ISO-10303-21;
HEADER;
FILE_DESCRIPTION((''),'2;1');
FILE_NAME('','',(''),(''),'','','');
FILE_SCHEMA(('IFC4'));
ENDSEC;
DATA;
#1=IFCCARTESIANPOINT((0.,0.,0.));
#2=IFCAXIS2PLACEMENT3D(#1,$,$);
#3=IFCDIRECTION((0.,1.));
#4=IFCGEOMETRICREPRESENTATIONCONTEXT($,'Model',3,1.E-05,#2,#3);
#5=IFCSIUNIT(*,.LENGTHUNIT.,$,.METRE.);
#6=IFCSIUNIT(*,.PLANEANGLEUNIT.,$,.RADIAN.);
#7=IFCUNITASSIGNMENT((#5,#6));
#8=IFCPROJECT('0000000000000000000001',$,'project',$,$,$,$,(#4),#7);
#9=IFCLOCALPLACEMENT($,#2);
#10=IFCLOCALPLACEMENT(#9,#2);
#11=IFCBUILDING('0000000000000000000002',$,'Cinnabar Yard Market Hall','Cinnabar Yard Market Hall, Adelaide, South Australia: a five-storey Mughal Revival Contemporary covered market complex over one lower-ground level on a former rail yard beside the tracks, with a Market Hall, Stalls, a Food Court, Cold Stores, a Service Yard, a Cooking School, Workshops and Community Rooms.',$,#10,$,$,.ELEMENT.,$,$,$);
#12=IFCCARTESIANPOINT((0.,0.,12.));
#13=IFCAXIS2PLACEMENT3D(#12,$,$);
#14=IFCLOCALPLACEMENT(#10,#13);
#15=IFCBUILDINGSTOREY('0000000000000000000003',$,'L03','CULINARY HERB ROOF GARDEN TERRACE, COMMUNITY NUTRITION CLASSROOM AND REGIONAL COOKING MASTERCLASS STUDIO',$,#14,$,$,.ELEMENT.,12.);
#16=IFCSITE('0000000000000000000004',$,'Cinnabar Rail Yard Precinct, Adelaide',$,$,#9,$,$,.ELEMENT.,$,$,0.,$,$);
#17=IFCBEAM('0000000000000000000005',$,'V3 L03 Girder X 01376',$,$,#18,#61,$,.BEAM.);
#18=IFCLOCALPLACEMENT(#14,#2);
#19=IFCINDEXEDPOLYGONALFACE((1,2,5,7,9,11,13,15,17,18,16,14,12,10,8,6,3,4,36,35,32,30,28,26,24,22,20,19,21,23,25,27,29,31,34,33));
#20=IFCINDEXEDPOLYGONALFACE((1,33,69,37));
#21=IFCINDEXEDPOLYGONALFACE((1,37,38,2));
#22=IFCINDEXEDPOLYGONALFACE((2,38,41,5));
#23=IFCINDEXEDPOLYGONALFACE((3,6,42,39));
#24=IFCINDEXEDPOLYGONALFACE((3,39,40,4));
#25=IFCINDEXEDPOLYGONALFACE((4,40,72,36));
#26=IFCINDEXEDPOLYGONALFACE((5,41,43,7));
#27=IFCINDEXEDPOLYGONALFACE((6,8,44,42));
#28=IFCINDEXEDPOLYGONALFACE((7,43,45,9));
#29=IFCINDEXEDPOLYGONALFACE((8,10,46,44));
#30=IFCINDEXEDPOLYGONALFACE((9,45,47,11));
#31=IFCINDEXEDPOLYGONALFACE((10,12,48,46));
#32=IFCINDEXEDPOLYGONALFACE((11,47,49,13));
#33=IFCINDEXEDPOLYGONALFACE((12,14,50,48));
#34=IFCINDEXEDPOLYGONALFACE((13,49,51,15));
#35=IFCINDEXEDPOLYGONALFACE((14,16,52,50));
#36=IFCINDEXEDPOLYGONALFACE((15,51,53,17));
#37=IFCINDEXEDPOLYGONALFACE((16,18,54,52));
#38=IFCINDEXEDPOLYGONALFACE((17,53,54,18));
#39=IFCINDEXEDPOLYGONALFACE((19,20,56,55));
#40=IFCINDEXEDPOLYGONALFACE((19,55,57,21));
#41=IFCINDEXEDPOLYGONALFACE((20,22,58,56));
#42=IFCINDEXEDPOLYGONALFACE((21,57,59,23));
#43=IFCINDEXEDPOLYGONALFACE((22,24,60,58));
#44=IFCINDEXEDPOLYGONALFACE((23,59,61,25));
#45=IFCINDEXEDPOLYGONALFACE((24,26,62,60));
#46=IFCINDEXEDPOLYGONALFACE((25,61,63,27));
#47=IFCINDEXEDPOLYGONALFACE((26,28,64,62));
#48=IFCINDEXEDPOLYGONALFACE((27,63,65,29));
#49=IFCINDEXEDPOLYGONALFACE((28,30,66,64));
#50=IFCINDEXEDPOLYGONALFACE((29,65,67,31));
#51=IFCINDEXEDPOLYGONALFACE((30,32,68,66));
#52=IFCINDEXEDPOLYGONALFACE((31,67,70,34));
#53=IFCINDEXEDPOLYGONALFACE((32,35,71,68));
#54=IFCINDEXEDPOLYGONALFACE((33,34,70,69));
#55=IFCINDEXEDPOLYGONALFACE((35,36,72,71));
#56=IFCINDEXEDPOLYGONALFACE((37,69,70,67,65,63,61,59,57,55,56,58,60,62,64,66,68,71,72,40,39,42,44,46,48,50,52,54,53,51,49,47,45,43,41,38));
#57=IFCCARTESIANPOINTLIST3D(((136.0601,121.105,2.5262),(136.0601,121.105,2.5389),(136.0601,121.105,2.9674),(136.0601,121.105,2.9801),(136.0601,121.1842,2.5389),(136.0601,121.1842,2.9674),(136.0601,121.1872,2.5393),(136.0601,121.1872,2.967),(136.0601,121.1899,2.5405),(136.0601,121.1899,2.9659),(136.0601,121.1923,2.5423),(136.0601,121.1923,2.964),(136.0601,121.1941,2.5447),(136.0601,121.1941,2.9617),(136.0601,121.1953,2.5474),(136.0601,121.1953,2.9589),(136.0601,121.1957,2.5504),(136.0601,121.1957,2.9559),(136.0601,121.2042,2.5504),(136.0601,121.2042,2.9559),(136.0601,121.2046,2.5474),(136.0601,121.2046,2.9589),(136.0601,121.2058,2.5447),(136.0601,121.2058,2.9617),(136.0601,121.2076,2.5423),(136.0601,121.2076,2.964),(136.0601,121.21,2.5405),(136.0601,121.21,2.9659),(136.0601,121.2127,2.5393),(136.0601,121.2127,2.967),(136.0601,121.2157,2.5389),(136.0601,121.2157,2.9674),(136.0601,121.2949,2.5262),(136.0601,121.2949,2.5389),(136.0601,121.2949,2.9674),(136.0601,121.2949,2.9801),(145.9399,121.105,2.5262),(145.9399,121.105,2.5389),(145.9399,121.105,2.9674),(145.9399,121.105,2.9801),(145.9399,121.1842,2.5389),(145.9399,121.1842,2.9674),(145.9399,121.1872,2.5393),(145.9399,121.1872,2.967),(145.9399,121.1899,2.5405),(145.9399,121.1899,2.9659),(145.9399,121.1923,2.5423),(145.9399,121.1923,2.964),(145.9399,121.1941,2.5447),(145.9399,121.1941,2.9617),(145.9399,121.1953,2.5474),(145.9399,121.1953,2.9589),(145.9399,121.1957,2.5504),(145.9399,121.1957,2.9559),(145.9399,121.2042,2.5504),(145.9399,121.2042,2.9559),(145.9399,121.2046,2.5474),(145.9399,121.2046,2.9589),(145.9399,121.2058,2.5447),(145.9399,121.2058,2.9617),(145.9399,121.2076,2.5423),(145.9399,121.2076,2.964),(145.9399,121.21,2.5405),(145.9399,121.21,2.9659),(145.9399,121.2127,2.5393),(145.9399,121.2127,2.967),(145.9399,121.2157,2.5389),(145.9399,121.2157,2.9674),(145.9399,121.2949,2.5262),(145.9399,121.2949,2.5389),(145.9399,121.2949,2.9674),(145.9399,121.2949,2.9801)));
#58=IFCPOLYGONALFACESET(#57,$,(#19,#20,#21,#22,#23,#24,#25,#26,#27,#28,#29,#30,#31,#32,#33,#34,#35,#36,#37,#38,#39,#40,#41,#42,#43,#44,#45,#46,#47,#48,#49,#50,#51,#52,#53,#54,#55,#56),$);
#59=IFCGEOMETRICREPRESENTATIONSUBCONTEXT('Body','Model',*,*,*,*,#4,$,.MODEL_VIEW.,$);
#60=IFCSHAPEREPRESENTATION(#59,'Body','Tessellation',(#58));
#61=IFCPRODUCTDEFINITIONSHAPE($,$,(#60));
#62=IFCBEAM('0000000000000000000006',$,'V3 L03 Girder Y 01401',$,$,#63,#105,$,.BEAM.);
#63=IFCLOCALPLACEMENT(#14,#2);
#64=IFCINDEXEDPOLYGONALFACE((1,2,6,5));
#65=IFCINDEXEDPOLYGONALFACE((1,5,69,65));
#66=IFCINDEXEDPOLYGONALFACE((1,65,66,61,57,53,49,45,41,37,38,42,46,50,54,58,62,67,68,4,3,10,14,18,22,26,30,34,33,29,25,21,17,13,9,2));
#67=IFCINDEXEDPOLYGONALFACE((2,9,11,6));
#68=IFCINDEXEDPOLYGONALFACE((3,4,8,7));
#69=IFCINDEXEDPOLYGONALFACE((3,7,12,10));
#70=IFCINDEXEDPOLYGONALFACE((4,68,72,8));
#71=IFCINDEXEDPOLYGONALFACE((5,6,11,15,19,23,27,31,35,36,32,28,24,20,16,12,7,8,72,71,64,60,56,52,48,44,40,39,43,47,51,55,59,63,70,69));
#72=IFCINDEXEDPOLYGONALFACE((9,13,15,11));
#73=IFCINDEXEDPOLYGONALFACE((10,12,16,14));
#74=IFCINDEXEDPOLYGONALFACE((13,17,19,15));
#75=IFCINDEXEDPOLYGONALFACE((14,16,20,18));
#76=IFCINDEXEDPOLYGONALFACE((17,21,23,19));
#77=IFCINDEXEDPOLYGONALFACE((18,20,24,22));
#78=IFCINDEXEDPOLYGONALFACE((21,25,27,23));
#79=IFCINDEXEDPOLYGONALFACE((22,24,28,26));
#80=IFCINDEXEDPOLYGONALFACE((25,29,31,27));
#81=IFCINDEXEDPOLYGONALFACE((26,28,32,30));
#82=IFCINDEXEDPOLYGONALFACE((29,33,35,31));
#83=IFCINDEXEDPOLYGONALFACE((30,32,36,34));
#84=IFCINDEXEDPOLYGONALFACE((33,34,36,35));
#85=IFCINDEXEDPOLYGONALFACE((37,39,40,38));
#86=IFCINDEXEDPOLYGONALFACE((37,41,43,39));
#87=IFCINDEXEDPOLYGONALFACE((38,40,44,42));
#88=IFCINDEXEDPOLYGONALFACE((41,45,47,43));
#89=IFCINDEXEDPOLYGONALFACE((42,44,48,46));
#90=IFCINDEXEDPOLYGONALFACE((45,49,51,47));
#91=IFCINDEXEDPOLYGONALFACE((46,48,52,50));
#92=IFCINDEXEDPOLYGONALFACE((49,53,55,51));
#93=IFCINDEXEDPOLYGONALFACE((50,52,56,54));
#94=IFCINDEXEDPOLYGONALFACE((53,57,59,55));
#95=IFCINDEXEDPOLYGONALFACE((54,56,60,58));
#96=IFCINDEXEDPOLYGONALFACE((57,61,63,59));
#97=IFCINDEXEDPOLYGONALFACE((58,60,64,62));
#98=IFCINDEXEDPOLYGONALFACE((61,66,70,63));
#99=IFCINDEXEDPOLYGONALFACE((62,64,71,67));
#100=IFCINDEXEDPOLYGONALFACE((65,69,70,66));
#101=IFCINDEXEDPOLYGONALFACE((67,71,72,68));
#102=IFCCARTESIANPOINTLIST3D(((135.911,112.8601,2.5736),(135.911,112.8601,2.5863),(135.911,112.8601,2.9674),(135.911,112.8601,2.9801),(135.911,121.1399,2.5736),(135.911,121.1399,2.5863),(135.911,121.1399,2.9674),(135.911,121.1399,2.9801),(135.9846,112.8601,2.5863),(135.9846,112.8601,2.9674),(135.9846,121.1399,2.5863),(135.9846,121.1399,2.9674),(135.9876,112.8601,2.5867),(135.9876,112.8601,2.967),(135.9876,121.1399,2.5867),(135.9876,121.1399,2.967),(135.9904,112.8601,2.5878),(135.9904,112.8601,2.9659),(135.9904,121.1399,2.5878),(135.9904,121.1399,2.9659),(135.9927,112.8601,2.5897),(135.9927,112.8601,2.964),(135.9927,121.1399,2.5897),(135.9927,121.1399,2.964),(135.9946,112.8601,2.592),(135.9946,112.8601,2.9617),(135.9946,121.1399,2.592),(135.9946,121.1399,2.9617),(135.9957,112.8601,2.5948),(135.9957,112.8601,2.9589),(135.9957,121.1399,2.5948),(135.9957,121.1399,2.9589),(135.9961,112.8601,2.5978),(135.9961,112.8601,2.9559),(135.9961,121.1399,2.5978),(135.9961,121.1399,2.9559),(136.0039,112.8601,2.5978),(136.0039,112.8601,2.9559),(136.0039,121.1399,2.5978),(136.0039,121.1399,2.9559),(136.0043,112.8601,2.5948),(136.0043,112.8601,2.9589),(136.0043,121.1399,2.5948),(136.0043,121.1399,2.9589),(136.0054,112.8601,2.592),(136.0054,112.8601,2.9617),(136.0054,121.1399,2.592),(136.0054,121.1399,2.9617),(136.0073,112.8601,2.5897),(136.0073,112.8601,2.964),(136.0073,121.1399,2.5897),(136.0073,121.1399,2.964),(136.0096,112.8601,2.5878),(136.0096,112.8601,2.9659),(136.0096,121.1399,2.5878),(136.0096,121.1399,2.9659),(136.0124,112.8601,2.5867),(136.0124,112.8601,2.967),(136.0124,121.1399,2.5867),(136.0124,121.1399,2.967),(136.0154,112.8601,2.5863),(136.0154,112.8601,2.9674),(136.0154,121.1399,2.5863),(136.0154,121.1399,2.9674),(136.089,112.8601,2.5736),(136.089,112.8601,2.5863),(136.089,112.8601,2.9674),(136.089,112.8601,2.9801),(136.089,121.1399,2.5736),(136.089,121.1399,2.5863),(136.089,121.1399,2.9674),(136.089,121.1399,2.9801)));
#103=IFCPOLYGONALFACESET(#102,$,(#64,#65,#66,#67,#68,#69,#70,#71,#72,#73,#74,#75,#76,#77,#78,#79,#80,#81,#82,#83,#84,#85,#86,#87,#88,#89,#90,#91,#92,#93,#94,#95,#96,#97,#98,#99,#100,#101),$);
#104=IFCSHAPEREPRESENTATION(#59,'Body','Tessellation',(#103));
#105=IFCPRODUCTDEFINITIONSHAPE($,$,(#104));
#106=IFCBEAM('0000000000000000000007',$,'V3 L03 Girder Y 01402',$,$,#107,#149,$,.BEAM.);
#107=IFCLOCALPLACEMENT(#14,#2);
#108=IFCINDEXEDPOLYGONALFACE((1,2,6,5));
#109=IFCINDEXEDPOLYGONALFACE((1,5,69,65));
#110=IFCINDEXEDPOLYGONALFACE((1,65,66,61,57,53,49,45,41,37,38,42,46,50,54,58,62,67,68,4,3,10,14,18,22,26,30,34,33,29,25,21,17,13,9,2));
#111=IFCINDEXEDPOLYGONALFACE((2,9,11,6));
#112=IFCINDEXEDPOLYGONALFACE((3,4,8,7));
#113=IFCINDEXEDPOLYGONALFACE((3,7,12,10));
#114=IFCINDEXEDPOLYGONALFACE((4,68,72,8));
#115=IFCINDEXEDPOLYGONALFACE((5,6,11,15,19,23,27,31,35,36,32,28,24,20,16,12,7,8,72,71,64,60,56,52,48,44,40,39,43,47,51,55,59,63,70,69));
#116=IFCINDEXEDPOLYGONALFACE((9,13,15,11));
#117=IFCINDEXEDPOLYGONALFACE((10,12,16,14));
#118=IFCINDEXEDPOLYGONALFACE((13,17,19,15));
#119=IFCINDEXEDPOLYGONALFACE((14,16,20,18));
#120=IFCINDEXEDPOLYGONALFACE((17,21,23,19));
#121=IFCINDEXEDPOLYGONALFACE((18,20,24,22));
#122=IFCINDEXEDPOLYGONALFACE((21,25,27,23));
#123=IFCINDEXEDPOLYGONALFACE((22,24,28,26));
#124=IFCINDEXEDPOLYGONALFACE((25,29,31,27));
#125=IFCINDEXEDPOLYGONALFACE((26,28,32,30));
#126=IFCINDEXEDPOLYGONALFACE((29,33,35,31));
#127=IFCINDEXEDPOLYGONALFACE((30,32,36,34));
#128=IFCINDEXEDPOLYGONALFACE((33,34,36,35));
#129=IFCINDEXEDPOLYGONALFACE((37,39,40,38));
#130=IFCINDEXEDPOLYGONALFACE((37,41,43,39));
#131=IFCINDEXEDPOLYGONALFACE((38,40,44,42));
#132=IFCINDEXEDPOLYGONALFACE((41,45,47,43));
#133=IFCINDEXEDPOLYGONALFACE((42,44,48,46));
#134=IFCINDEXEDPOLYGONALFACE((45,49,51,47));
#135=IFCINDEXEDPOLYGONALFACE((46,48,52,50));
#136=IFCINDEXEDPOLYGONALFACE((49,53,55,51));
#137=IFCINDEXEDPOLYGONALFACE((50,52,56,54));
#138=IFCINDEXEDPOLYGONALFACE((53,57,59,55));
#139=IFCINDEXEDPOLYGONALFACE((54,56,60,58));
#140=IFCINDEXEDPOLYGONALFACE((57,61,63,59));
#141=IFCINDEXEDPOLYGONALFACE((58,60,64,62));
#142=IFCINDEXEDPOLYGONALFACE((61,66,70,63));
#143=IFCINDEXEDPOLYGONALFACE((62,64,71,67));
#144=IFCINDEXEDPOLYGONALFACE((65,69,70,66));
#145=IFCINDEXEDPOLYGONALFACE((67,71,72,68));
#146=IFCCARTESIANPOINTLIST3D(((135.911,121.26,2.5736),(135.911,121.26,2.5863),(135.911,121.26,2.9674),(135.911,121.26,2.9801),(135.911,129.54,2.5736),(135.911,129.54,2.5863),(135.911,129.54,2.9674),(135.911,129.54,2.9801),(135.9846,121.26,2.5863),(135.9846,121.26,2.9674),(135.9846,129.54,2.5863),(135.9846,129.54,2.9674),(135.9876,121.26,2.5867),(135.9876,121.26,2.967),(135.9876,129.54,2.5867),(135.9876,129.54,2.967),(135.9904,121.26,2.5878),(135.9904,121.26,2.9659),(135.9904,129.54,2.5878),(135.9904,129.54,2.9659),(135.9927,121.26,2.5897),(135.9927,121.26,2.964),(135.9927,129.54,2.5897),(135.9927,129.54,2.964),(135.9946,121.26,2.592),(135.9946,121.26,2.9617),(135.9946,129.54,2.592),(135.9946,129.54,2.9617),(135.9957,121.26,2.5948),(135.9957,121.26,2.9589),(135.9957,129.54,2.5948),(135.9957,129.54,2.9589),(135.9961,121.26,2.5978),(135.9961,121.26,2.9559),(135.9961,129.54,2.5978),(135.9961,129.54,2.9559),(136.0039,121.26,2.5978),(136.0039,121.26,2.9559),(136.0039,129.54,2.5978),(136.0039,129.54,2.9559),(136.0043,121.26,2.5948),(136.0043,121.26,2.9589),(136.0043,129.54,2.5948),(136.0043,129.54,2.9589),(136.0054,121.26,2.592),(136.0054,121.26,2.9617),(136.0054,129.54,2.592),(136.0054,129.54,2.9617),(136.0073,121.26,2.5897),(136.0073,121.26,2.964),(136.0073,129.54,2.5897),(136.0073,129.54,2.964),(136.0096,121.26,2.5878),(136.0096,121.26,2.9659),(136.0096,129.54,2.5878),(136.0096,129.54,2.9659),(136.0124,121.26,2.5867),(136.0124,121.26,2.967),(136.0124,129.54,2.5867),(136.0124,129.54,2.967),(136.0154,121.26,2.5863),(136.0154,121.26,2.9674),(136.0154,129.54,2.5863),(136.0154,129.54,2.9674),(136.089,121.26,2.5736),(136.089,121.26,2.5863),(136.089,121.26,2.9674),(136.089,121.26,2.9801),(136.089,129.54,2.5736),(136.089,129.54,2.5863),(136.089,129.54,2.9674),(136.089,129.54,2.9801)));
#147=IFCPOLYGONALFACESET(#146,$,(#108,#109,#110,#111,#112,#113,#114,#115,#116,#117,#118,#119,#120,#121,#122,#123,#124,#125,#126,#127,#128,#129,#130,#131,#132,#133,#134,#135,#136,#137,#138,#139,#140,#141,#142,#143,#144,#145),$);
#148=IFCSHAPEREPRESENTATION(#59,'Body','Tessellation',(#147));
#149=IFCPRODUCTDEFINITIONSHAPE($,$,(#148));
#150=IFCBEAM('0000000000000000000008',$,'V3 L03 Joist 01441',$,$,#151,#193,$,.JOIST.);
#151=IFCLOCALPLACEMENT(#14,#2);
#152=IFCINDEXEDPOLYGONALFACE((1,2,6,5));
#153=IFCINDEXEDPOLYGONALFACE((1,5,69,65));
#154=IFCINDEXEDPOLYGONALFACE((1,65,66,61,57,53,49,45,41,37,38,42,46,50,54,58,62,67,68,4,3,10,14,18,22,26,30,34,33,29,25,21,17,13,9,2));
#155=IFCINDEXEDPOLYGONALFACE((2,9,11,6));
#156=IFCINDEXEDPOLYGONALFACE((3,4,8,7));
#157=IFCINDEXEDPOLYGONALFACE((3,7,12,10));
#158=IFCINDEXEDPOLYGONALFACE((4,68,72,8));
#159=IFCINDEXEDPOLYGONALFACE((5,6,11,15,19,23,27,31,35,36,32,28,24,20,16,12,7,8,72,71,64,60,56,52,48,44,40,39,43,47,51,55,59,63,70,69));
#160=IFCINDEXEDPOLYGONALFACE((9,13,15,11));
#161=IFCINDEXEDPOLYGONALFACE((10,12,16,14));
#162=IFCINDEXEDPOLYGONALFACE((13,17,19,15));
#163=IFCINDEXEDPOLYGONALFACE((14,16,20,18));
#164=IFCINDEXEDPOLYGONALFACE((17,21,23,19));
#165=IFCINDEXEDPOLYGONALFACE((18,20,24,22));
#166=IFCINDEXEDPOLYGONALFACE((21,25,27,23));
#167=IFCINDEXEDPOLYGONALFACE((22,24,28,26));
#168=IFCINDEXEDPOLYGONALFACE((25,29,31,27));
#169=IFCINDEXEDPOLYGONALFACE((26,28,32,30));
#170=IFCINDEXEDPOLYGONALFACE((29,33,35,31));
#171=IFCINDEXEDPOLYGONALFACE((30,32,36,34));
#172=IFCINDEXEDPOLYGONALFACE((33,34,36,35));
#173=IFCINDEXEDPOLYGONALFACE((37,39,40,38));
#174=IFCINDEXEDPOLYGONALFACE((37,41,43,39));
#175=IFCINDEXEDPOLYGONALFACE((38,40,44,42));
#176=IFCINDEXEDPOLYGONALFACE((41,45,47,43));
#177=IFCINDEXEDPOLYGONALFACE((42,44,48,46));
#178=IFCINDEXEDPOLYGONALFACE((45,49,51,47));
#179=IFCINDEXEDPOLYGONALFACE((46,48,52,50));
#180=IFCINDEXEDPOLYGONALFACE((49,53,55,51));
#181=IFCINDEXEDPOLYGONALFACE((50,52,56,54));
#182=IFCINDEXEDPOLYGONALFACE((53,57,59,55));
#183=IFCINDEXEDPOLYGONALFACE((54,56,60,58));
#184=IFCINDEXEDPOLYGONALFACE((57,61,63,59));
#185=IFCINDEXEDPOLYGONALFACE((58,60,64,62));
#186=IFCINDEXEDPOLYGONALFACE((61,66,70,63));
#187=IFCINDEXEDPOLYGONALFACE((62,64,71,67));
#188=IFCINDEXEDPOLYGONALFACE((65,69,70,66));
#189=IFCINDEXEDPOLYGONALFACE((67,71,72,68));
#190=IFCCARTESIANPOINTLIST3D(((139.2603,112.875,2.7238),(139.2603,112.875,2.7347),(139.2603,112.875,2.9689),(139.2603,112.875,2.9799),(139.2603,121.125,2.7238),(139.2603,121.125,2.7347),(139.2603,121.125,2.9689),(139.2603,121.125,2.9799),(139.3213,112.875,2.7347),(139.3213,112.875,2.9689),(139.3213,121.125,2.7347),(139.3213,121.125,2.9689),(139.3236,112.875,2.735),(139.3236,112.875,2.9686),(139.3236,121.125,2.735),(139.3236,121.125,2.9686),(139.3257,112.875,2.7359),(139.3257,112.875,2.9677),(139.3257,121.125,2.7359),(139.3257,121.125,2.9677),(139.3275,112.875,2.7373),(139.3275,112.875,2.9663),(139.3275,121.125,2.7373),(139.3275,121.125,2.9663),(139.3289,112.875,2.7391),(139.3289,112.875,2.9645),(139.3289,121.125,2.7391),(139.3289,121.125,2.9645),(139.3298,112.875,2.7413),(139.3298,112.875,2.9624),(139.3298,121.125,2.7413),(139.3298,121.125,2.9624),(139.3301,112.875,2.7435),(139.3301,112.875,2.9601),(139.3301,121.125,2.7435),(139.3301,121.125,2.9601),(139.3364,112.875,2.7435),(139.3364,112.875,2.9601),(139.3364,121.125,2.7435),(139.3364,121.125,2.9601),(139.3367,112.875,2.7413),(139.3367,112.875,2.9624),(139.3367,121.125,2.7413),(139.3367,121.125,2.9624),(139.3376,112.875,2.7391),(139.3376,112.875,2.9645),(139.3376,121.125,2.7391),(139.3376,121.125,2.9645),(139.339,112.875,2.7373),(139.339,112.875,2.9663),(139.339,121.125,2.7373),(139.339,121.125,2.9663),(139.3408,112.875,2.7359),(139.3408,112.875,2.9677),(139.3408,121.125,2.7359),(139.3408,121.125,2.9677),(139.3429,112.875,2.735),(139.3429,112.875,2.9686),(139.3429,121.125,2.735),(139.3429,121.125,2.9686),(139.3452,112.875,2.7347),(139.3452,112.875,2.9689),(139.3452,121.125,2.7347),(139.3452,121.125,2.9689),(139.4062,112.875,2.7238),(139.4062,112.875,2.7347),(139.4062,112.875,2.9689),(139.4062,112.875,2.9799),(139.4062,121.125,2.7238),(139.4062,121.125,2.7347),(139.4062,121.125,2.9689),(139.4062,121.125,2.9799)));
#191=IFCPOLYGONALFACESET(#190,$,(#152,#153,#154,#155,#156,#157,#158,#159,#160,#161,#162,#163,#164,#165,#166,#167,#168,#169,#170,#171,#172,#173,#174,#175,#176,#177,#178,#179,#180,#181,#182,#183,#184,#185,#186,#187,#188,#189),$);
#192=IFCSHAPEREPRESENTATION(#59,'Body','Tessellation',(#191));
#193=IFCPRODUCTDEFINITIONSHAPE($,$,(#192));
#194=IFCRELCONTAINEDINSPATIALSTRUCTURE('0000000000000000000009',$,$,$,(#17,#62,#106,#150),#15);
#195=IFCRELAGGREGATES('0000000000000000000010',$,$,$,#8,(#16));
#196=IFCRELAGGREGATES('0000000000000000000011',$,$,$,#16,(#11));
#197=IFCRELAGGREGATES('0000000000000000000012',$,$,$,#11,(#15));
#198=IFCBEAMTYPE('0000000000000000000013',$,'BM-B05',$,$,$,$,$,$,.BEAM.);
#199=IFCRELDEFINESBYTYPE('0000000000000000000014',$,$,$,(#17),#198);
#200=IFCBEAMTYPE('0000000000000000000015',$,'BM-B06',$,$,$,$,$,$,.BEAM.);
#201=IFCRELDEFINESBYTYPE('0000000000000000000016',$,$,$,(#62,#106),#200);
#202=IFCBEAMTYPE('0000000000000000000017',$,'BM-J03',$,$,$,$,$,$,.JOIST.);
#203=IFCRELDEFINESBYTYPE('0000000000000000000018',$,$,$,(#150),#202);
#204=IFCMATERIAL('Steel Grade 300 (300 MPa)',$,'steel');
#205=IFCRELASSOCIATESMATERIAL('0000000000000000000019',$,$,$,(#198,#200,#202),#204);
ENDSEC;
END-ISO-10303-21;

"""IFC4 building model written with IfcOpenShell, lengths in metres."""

from ifc_helpers import new_model, si_unit, direction, frame, origin, origin_2d_with_axis, place, context, subcontext, project, spatial, i_section, extrude, material, material_profile, profile_set, type_object, element, save


model = new_model("IFC4")

# Units and contexts
model_context = context("Model", 3, precision=1e-05, world=origin(), true_north=direction((0.0, 1.0)))
body_context = subcontext(model_context, "Body", "Model", "MODEL_VIEW")
ifc_project = project(units=[si_unit("LENGTHUNIT", "METRE"), si_unit("PLANEANGLEUNIT", "RADIAN")], contexts=[model_context])

# Site, building, storey
site_placement = place(None, origin())
site = spatial("IfcSite", under=ifc_project, at=site_placement, Name="Cinnabar Rail Yard Precinct, Adelaide", CompositionType="ELEMENT", RefElevation=0.0)
building_placement = place(site_placement, origin())
building = spatial("IfcBuilding", under=site, at=building_placement, Name="Cinnabar Yard Market Hall", Description="Cinnabar Yard Market Hall, Adelaide, South Australia: a five-storey Mughal Revival Contemporary covered market complex over one lower-ground level on a former rail yard beside the tracks, with a Market Hall, Stalls, a Food Court, Cold Stores, a Service Yard, a Cooking School, Workshops and Community Rooms.", CompositionType="ELEMENT")
storey_placement = place(building_placement, frame((0.0, 0.0, 12.0)))
storey = spatial("IfcBuildingStorey", under=building, at=storey_placement, Name="L03", Description="CULINARY HERB ROOF GARDEN TERRACE, COMMUNITY NUTRITION CLASSROOM AND REGIONAL COOKING MASTERCLASS STUDIO", CompositionType="ELEMENT", Elevation=12.0)

# Shared definitions
ifc_material_1 = material(Name="Steel Grade 300 (300 MPa)", Category="steel")

# Beams
ifc_material_profile_1 = material_profile(ifc_material_1, i_section(OverallWidth=0.1899, OverallDepth=0.4539, WebThickness=0.0085, FlangeThickness=0.0127, FilletRadius=0.0115, at=origin_2d_with_axis()), Name="460UB67.1")
ifc_profile_set_1 = profile_set([ifc_material_profile_1], Name="Steel Grade 300 (300 MPa)")
beam_type_1 = type_object("IfcBeamType", Name="BM-B05", PredefinedType="BEAM", material=ifc_profile_set_1)
beam_1_placement = place(storey_placement, frame((136.0601, 121.2, 2.7532), z_axis=(1.0, 0.0, 0.0), x_axis=(0.0, 1.0, 0.0)))
element("IfcBeam", 1, at=beam_1_placement, inside=storey, type_object=beam_type_1, Name="V3 L03 Girder X 01376", PredefinedType="BEAM", context=body_context, shape_type="SweptSolid", body=[
    extrude(i_section(OverallWidth=0.1899, OverallDepth=0.4539, WebThickness=0.0085, FlangeThickness=0.0127, FilletRadius=0.0115, at=origin_2d_with_axis()), origin(), (0.0, 0.0, 1.0), 9.8799),
])
ifc_material_profile_2 = material_profile(ifc_material_1, i_section(OverallWidth=0.178, OverallDepth=0.4065, WebThickness=0.0078, FlangeThickness=0.0127, FilletRadius=0.0115, at=origin_2d_with_axis()), Name="410UB59.7")
ifc_profile_set_2 = profile_set([ifc_material_profile_2], Name="Steel Grade 300 (300 MPa)")
beam_type_2 = type_object("IfcBeamType", Name="BM-B06", PredefinedType="BEAM", material=ifc_profile_set_2)
beam_2_placement = place(storey_placement, frame((136.0, 112.8601, 2.7769), z_axis=(0.0, 1.0, 0.0), x_axis=(-1.0, 0.0, 0.0)))
element("IfcBeam", 2, at=beam_2_placement, inside=storey, type_object=beam_type_2, Name="V3 L03 Girder Y 01401", PredefinedType="BEAM", context=body_context, shape_type="SweptSolid", body=[
    extrude(i_section(OverallWidth=0.178, OverallDepth=0.4065, WebThickness=0.0078, FlangeThickness=0.0127, FilletRadius=0.0115, at=origin_2d_with_axis()), origin(), (0.0, 0.0, 1.0), 8.2798),
])
beam_3_placement = place(storey_placement, frame((136.0, 121.26, 2.7769), z_axis=(0.0, 1.0, 0.0), x_axis=(-1.0, 0.0, 0.0)))
element("IfcBeam", 3, at=beam_3_placement, inside=storey, type_object=beam_type_2, Name="V3 L03 Girder Y 01402", PredefinedType="BEAM", context=body_context, shape_type="SweptSolid", body=[
    extrude(i_section(OverallWidth=0.178, OverallDepth=0.4065, WebThickness=0.0078, FlangeThickness=0.0127, FilletRadius=0.0115, at=origin_2d_with_axis()), origin(), (0.0, 0.0, 1.0), 8.28),
])
ifc_material_profile_3 = material_profile(ifc_material_1, i_section(OverallWidth=0.146, OverallDepth=0.2561, WebThickness=0.0063, FlangeThickness=0.011, FilletRadius=0.0088, at=origin_2d_with_axis()), Name="250UB37.3")
ifc_profile_set_3 = profile_set([ifc_material_profile_3], Name="Steel Grade 300 (300 MPa)")
beam_type_3 = type_object("IfcBeamType", Name="BM-J03", PredefinedType="JOIST", material=ifc_profile_set_3)
beam_4_placement = place(storey_placement, frame((139.3333, 112.875, 2.8518), z_axis=(0.0, 1.0, 0.0), x_axis=(-1.0, 0.0, 0.0)))
element("IfcBeam", 4, at=beam_4_placement, inside=storey, type_object=beam_type_3, Name="V3 L03 Joist 01441", PredefinedType="JOIST", context=body_context, shape_type="SweptSolid", body=[
    extrude(i_section(OverallWidth=0.146, OverallDepth=0.2561, WebThickness=0.0063, FlangeThickness=0.011, FilletRadius=0.0088, at=origin_2d_with_axis()), origin(), (0.0, 0.0, 1.0), 8.25),
])

save(model, "model.ifc")
